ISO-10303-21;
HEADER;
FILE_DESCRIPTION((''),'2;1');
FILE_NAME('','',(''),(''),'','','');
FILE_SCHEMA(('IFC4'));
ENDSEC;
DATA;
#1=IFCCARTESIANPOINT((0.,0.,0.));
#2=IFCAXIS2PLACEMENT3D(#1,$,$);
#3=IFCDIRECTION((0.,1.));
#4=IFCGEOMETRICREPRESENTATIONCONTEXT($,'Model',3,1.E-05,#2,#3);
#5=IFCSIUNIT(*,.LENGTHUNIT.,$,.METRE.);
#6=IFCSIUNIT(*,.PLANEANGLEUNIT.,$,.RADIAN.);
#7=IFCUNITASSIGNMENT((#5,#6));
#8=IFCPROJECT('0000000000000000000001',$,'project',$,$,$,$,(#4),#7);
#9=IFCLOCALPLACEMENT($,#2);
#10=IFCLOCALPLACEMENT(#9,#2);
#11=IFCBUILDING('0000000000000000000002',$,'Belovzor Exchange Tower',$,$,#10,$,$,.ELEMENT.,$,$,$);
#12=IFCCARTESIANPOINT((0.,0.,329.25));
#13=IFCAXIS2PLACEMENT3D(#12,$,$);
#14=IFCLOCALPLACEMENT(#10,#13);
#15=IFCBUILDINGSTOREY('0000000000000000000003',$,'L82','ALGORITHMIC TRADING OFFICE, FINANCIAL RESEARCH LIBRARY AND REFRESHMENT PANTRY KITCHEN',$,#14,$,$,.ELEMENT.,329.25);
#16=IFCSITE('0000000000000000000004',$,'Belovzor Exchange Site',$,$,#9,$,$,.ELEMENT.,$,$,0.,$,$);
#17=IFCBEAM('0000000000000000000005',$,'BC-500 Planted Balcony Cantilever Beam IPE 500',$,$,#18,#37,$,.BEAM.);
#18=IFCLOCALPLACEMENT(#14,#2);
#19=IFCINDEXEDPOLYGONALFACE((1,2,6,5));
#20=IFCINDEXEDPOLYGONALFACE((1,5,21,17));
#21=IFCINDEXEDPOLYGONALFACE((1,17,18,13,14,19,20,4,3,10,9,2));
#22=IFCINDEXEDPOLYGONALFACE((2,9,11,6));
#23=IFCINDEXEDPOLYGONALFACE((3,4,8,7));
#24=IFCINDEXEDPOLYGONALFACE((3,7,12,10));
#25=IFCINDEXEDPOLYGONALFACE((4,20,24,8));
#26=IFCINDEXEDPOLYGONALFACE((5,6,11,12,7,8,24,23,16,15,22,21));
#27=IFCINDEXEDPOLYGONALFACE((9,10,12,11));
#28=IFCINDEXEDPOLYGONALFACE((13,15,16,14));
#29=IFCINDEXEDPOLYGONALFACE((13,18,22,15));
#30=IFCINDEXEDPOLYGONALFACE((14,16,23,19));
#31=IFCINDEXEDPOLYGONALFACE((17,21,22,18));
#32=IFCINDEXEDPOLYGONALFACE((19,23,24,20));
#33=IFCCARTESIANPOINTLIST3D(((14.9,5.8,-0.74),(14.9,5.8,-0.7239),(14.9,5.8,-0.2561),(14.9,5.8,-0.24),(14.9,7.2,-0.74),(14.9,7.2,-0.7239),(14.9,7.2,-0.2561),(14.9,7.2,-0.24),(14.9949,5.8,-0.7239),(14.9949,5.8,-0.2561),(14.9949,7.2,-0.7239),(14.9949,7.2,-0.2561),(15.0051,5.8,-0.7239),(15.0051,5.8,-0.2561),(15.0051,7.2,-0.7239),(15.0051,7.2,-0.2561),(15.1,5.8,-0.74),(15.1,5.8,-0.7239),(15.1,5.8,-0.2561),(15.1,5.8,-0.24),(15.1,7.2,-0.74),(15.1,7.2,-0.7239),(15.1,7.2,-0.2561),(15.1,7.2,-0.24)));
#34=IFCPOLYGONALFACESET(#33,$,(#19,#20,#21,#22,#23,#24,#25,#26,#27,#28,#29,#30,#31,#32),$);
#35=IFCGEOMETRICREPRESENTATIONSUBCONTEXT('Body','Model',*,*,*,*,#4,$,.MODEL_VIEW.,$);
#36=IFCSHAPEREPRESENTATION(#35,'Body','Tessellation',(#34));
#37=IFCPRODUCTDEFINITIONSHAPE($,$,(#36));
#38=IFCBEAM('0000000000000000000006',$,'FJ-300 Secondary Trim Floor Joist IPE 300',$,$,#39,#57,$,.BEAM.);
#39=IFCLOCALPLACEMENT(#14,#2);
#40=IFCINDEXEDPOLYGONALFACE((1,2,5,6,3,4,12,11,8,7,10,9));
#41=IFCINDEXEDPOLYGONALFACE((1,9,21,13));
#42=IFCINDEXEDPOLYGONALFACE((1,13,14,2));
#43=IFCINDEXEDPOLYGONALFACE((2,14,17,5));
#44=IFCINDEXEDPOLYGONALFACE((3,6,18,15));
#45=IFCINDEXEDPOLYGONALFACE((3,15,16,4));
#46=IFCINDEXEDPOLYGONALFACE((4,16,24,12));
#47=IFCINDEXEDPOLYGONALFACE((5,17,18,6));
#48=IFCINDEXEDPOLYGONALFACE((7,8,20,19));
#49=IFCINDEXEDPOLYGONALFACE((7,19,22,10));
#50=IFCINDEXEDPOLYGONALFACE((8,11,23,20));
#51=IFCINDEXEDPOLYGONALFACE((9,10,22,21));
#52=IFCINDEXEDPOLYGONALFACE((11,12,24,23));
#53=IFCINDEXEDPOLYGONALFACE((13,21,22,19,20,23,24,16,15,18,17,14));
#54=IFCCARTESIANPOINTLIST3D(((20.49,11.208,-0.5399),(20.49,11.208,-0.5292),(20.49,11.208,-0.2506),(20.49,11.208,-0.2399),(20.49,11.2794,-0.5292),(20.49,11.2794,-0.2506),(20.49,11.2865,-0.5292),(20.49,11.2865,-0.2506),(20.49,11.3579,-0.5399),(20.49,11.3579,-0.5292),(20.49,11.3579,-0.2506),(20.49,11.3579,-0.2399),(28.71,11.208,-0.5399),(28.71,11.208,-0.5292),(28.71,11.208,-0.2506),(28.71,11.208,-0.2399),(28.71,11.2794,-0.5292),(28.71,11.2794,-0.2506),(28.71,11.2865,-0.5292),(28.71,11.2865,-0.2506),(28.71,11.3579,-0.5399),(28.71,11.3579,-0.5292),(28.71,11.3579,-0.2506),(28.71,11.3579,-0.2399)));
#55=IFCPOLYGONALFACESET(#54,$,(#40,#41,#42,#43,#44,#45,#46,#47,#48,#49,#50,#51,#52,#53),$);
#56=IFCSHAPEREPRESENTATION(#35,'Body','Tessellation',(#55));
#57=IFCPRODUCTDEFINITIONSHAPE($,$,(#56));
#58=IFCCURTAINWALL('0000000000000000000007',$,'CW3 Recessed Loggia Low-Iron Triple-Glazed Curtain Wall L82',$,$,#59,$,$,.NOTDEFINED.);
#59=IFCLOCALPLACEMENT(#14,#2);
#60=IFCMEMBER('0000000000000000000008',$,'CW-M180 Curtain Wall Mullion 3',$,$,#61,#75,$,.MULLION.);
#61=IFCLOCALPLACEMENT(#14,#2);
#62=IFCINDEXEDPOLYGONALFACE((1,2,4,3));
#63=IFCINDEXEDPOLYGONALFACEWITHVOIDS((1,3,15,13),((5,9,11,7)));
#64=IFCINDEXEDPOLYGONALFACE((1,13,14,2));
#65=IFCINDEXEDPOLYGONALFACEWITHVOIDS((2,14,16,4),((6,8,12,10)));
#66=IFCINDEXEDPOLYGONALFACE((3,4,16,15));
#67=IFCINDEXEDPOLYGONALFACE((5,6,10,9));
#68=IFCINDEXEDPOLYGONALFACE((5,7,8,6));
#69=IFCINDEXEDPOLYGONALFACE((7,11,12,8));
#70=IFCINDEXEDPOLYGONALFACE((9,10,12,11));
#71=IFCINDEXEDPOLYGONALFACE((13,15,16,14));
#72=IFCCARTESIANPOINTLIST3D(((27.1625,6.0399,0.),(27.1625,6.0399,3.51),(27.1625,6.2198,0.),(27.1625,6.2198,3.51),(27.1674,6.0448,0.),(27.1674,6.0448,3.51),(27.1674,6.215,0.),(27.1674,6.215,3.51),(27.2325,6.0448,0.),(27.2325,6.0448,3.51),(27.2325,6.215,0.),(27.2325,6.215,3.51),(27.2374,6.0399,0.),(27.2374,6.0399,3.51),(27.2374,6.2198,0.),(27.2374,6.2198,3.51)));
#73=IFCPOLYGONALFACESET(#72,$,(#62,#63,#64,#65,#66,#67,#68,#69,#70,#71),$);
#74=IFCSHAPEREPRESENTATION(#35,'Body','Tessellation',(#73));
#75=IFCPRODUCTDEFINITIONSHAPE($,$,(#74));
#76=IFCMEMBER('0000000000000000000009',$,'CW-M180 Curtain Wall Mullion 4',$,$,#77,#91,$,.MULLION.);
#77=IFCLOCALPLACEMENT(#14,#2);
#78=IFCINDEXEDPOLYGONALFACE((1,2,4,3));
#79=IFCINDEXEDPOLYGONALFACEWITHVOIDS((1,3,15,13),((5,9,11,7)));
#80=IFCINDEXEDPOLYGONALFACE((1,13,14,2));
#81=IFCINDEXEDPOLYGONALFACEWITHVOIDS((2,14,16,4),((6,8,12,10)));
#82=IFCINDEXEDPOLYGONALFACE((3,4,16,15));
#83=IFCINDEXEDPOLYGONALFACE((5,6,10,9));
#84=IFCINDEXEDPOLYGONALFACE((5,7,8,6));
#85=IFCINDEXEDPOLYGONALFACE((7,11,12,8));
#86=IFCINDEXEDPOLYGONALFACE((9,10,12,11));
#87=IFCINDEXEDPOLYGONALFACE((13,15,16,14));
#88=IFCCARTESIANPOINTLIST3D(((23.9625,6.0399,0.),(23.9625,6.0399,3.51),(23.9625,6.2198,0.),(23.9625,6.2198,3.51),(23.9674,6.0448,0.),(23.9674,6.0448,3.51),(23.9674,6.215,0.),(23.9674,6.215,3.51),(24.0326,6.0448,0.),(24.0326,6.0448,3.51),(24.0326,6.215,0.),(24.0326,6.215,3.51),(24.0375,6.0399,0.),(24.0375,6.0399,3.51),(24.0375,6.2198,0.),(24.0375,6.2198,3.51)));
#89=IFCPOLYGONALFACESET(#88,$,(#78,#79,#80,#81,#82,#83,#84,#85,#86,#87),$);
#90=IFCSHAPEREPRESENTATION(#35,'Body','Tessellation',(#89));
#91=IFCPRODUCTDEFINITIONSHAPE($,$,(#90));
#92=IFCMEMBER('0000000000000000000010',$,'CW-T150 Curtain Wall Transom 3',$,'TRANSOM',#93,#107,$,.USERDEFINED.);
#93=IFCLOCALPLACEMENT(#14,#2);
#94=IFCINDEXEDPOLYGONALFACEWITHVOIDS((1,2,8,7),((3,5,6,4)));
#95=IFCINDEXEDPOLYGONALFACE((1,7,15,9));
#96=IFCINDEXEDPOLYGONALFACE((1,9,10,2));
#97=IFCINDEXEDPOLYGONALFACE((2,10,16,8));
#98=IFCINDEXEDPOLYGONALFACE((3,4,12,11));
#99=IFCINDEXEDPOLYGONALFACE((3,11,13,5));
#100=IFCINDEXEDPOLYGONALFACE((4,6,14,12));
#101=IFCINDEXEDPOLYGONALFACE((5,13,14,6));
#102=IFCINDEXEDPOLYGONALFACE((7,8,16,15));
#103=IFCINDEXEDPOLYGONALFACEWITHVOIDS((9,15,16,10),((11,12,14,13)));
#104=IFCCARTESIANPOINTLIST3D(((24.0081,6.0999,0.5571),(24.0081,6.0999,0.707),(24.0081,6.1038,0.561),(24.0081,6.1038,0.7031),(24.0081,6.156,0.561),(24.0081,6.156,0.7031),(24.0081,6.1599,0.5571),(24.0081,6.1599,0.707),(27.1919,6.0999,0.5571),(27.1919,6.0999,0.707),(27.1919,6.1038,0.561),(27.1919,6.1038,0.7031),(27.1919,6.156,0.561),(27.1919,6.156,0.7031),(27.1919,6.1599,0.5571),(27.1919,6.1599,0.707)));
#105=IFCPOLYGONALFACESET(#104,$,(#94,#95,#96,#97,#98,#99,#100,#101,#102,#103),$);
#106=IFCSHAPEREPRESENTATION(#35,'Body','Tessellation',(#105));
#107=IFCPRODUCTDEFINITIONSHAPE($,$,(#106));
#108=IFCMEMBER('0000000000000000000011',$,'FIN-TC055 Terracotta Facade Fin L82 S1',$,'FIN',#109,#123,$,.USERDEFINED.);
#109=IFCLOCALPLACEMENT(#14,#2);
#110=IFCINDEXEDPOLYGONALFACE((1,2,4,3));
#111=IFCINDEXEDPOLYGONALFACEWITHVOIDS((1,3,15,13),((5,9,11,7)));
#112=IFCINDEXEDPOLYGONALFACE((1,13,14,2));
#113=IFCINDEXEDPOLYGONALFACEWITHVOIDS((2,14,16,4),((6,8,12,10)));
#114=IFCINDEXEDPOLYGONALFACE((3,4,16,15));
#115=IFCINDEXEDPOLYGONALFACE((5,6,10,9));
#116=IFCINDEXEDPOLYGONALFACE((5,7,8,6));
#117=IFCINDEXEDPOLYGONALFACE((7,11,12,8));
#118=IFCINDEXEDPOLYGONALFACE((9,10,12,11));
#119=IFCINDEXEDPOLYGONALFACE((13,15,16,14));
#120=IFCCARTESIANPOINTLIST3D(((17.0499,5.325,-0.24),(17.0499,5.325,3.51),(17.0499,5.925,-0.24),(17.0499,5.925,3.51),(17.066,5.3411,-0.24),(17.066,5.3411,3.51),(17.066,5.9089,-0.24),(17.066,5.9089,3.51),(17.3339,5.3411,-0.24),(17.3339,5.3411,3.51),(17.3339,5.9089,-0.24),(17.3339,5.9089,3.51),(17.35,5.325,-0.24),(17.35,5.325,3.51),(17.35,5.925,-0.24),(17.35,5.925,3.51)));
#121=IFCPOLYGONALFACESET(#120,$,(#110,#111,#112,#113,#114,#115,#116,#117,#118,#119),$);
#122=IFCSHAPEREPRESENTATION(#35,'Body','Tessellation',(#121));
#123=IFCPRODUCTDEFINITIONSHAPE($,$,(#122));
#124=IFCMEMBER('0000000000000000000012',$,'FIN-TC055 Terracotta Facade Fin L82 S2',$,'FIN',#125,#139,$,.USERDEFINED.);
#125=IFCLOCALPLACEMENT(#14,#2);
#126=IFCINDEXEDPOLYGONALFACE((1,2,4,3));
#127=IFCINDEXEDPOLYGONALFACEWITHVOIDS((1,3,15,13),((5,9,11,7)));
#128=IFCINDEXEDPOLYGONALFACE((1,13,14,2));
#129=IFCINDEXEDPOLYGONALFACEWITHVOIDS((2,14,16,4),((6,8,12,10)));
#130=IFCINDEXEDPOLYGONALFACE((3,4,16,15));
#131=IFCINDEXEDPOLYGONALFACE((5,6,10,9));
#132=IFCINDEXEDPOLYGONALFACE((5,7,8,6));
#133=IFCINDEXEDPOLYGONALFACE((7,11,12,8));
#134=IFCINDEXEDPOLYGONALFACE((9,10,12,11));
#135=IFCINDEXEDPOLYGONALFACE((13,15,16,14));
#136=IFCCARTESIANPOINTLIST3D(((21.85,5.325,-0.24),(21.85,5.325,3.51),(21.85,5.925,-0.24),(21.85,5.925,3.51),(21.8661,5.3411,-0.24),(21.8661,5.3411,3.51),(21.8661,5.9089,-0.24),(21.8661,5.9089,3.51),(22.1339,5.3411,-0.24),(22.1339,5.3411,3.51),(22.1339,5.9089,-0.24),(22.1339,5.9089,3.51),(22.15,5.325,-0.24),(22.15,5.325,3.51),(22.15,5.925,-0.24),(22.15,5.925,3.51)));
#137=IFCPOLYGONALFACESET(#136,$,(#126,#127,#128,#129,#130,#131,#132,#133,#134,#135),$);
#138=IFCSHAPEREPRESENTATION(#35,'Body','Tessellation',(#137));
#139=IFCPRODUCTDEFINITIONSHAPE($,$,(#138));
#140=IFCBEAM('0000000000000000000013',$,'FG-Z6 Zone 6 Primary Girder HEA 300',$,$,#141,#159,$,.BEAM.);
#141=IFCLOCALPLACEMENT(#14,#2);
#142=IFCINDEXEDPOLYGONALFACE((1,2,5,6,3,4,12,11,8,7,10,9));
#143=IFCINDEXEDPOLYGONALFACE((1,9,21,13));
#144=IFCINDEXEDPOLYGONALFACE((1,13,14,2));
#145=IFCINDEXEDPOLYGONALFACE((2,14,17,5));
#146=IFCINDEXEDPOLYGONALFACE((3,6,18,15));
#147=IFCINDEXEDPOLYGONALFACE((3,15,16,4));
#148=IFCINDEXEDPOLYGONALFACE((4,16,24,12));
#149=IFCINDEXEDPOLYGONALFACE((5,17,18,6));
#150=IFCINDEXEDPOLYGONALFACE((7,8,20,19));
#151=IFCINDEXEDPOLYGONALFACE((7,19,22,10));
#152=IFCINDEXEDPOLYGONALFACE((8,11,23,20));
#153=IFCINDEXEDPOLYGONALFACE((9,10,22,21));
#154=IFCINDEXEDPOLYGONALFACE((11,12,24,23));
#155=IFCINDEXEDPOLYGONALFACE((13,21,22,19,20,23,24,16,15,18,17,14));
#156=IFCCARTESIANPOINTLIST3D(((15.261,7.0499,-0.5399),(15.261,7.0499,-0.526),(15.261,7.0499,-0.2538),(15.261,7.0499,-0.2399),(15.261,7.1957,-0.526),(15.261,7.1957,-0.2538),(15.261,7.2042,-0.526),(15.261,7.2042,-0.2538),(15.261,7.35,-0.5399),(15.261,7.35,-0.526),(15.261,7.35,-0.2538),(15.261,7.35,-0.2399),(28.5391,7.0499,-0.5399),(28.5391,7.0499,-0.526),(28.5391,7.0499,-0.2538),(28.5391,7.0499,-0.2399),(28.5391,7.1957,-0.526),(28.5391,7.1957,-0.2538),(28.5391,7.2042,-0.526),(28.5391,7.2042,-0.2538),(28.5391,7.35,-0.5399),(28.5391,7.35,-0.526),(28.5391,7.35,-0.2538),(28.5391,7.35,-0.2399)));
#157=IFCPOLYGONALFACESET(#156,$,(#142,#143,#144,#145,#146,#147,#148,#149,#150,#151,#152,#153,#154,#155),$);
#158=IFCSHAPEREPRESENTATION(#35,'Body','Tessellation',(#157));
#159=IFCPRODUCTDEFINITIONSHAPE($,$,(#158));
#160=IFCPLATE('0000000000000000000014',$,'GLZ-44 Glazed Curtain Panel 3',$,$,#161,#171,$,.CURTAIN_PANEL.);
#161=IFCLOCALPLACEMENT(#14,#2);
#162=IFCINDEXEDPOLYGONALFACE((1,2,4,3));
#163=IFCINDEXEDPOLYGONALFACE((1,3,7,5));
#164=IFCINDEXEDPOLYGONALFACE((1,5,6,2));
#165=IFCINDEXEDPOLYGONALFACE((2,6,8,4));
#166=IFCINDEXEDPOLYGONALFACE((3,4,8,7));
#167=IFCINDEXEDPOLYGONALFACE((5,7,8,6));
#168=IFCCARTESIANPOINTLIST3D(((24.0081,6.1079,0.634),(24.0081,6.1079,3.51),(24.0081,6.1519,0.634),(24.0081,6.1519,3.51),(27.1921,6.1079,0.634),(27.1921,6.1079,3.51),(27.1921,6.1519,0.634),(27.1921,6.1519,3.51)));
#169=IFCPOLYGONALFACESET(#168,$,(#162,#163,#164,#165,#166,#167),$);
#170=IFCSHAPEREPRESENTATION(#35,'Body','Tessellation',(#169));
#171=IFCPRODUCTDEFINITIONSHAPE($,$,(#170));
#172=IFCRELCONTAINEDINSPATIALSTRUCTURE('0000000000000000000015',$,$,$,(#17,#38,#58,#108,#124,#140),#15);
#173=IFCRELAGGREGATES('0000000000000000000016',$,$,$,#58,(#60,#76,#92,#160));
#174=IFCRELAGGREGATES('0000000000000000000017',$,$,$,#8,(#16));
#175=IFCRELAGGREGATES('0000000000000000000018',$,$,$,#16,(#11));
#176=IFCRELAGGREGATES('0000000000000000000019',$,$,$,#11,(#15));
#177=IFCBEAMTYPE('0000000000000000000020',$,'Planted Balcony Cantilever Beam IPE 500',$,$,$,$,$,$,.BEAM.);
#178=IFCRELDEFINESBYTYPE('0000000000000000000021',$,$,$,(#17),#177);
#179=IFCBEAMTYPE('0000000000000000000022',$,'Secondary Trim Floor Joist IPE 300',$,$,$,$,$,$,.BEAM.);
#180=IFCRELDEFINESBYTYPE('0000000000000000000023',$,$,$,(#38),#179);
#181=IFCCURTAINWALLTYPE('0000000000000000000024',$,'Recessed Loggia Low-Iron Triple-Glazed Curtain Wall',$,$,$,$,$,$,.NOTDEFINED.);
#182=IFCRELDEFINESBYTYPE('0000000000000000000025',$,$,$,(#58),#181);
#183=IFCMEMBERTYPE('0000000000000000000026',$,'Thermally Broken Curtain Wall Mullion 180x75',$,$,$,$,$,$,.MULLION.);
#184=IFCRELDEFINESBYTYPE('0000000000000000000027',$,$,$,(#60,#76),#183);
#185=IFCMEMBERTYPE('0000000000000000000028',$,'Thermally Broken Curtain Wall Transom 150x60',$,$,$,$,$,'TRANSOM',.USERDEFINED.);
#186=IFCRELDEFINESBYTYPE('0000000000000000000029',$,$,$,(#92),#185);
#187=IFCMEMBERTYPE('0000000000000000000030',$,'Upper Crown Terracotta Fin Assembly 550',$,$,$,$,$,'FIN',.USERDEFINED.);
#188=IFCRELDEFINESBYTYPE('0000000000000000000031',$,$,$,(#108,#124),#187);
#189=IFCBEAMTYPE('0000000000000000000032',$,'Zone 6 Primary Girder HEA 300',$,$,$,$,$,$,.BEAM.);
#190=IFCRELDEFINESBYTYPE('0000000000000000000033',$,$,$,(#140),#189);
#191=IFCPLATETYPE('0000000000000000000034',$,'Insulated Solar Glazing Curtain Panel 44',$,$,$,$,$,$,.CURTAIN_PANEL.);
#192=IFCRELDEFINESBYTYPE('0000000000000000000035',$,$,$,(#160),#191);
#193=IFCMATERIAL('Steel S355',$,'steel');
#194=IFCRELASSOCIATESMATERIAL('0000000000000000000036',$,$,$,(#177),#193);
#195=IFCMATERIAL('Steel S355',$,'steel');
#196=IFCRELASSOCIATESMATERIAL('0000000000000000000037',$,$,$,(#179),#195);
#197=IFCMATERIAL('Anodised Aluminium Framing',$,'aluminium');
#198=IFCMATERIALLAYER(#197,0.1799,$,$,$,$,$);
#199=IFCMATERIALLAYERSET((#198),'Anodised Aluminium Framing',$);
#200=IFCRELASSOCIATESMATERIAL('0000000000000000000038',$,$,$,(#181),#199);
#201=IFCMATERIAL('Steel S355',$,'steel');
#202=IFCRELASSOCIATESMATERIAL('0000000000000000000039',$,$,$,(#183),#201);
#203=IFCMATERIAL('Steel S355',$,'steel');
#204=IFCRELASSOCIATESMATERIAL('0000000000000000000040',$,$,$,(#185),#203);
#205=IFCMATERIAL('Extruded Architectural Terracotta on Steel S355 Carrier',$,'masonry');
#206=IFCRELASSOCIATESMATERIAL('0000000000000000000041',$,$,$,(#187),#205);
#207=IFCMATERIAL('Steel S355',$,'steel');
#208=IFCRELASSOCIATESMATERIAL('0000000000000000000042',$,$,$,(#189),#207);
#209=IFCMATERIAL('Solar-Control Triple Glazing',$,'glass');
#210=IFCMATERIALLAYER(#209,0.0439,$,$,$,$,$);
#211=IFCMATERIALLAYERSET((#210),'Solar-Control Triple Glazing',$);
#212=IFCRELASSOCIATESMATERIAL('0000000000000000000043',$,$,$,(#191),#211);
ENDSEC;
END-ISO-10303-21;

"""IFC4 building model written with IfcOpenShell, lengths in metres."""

from ifc_helpers import new_model, si_unit, direction, frame, origin, origin_2d, place, context, subcontext, project, spatial, rectangle, hollow_rectangle, i_section, extrude, material, layer, layer_set, material_profile, profile_set, type_object, element, aggregate, save


model = new_model("IFC4")

# Units and contexts
model_context = context("Model", 3, precision=1e-05, world=origin(), true_north=direction((0.0, 1.0)))
body_context = subcontext(model_context, "Body", "Model", "MODEL_VIEW")
ifc_project = project(units=[si_unit("LENGTHUNIT", "METRE"), si_unit("PLANEANGLEUNIT", "RADIAN")], contexts=[model_context])

# Site, building, storey
site_placement = place(None, origin())
site = spatial("IfcSite", under=ifc_project, at=site_placement, Name="Belovzor Exchange Site", CompositionType="ELEMENT", RefElevation=0.0)
building_placement = place(site_placement, origin())
building = spatial("IfcBuilding", under=site, at=building_placement, Name="Belovzor Exchange Tower", CompositionType="ELEMENT")
storey_placement = place(building_placement, frame((0.0, 0.0, 329.25)))
storey = spatial("IfcBuildingStorey", under=building, at=storey_placement, Name="L82", Description="ALGORITHMIC TRADING OFFICE, FINANCIAL RESEARCH LIBRARY AND REFRESHMENT PANTRY KITCHEN", CompositionType="ELEMENT", Elevation=329.25)

# Beams
ifc_material_1 = material(Name="Steel S355", Category="steel")
ifc_material_profile_1 = material_profile(ifc_material_1, i_section(OverallWidth=0.2, OverallDepth=0.5, WebThickness=0.0103, FlangeThickness=0.0161, at=origin_2d()))
ifc_profile_set_1 = profile_set([ifc_material_profile_1], Name="Steel S355")
beam_type_1 = type_object("IfcBeamType", Name="Planted Balcony Cantilever Beam IPE 500", PredefinedType="BEAM", material=ifc_profile_set_1)
beam_1_placement = place(storey_placement, frame((15.0, 7.2, -0.49), z_axis=(0.0, -1.0, 0.0), x_axis=(1.0, 0.0, 0.0)))
element("IfcBeam", 1, at=beam_1_placement, inside=storey, type_object=beam_type_1, Name="BC-500 Planted Balcony Cantilever Beam IPE 500", PredefinedType="BEAM", context=body_context, shape_type="SweptSolid", body=[
    extrude(i_section(OverallWidth=0.2, OverallDepth=0.5, WebThickness=0.0103, FlangeThickness=0.0161, at=origin_2d()), origin(), (0.0, 0.0, 1.0), 1.3999),
])
ifc_material_2 = material(Name="Steel S355", Category="steel")
ifc_material_profile_2 = material_profile(ifc_material_2, i_section(OverallWidth=0.1499, OverallDepth=0.3, WebThickness=0.0071, FlangeThickness=0.0107, at=origin_2d()))
ifc_profile_set_2 = profile_set([ifc_material_profile_2], Name="Steel S355")
beam_type_2 = type_object("IfcBeamType", Name="Secondary Trim Floor Joist IPE 300", PredefinedType="BEAM", material=ifc_profile_set_2)
beam_2_placement = place(storey_placement, frame((20.49, 11.283, -0.3899), z_axis=(1.0, 0.0, 0.0), x_axis=(0.0, 1.0, 0.0)))
element("IfcBeam", 2, at=beam_2_placement, inside=storey, type_object=beam_type_2, Name="FJ-300 Secondary Trim Floor Joist IPE 300", PredefinedType="BEAM", context=body_context, shape_type="SweptSolid", body=[
    extrude(i_section(OverallWidth=0.1499, OverallDepth=0.3, WebThickness=0.0071, FlangeThickness=0.0107, at=origin_2d()), origin(), (0.0, 0.0, 1.0), 8.22),
])

# Curtain wall, members
ifc_material_3 = material(Name="Anodised Aluminium Framing", Category="aluminium")
ifc_layer_1 = layer(ifc_material_3, 0.1799)
ifc_layer_set_1 = layer_set([ifc_layer_1], Name="Anodised Aluminium Framing")
curtain_wall_type = type_object("IfcCurtainWallType", Name="Recessed Loggia Low-Iron Triple-Glazed Curtain Wall", PredefinedType="NOTDEFINED", material=ifc_layer_set_1)
curtain_wall_placement = place(storey_placement, origin())
curtain_wall = element("IfcCurtainWall", 3, at=curtain_wall_placement, inside=storey, type_object=curtain_wall_type, Name="CW3 Recessed Loggia Low-Iron Triple-Glazed Curtain Wall L82", PredefinedType="NOTDEFINED")
ifc_material_4 = material(Name="Steel S355", Category="steel")
ifc_material_profile_3 = material_profile(ifc_material_4, hollow_rectangle(XDim=0.075, YDim=0.1799, WallThickness=0.0049, at=origin_2d()))
ifc_profile_set_3 = profile_set([ifc_material_profile_3], Name="Steel S355")
member_type_1 = type_object("IfcMemberType", Name="Thermally Broken Curtain Wall Mullion 180x75", PredefinedType="MULLION", material=ifc_profile_set_3)
member_1_placement = place(storey_placement, frame((27.2, 6.1299, 0.0), z_axis=(0.0, 0.0, 1.0), x_axis=(-1.0, 0.0, 0.0)))
member_1 = element("IfcMember", 4, at=member_1_placement, type_object=member_type_1, Name="CW-M180 Curtain Wall Mullion 3", PredefinedType="MULLION", context=body_context, shape_type="SweptSolid", body=[
    extrude(hollow_rectangle(XDim=0.075, YDim=0.1799, WallThickness=0.0049, at=origin_2d()), origin(), (0.0, 0.0, 1.0), 3.51),
])
member_2_placement = place(storey_placement, frame((24.0, 6.1299, 0.0), z_axis=(0.0, 0.0, 1.0), x_axis=(-1.0, 0.0, 0.0)))
member_2 = element("IfcMember", 5, at=member_2_placement, type_object=member_type_1, Name="CW-M180 Curtain Wall Mullion 4", PredefinedType="MULLION", context=body_context, shape_type="SweptSolid", body=[
    extrude(hollow_rectangle(XDim=0.075, YDim=0.1799, WallThickness=0.0049, at=origin_2d()), origin(), (0.0, 0.0, 1.0), 3.51),
])
ifc_material_5 = material(Name="Steel S355", Category="steel")
ifc_material_profile_4 = material_profile(ifc_material_5, hollow_rectangle(XDim=0.0601, YDim=0.1499, WallThickness=0.0039, at=origin_2d()))
ifc_profile_set_4 = profile_set([ifc_material_profile_4], Name="Steel S355")
member_type_2 = type_object("IfcMemberType", Name="Thermally Broken Curtain Wall Transom 150x60", ElementType="TRANSOM", PredefinedType="USERDEFINED", material=ifc_profile_set_4)
member_3_placement = place(storey_placement, frame((27.1919, 6.1299, 0.6321), z_axis=(-1.0, 0.0, 0.0), x_axis=(0.0, -1.0, 0.0)))
member_3 = element("IfcMember", 6, at=member_3_placement, type_object=member_type_2, Name="CW-T150 Curtain Wall Transom 3", ObjectType="TRANSOM", PredefinedType="USERDEFINED", context=body_context, shape_type="SweptSolid", body=[
    extrude(hollow_rectangle(XDim=0.0601, YDim=0.1499, WallThickness=0.0039, at=origin_2d()), origin(), (0.0, 0.0, 1.0), 3.1838),
])

# Members
ifc_material_6 = material(Name="Extruded Architectural Terracotta on Steel S355 Carrier", Category="masonry")
ifc_material_profile_5 = material_profile(ifc_material_6, hollow_rectangle(XDim=0.3, YDim=0.6001, WallThickness=0.0161, at=origin_2d()))
ifc_profile_set_5 = profile_set([ifc_material_profile_5], Name="Extruded Architectural Terracotta on Steel S355 Carrier")
member_type_3 = type_object("IfcMemberType", Name="Upper Crown Terracotta Fin Assembly 550", ElementType="FIN", PredefinedType="USERDEFINED", material=ifc_profile_set_5)
for number, where, z_axis, x_axis, name in (
    (7, (17.2, 5.625, -0.24), (0.0, 0.0, 1.0), (1.0, 0.0, 0.0), "FIN-TC055 Terracotta Facade Fin L82 S1"),
    (8, (22.0, 5.625, -0.24), (0.0, 0.0, 1.0), (1.0, 0.0, 0.0), "FIN-TC055 Terracotta Facade Fin L82 S2"),
):
    element("IfcMember", number, at=place(storey_placement, frame(where, z_axis=z_axis, x_axis=x_axis)), inside=storey, type_object=member_type_3, Name=name, ObjectType="FIN", PredefinedType="USERDEFINED", context=body_context, shape_type="SweptSolid", body=[
        extrude(hollow_rectangle(XDim=0.3, YDim=0.6001, WallThickness=0.0161, at=origin_2d()), origin(), (0.0, 0.0, 1.0), 3.75),
    ])

# Beam
ifc_material_7 = material(Name="Steel S355", Category="steel")
ifc_material_profile_6 = material_profile(ifc_material_7, i_section(OverallWidth=0.3, OverallDepth=0.3, WebThickness=0.0085, FlangeThickness=0.0139, at=origin_2d()))
ifc_profile_set_6 = profile_set([ifc_material_profile_6], Name="Steel S355")
beam_type_3 = type_object("IfcBeamType", Name="Zone 6 Primary Girder HEA 300", PredefinedType="BEAM", material=ifc_profile_set_6)
beam_3_placement = place(storey_placement, frame((15.261, 7.2, -0.3899), z_axis=(1.0, 0.0, 0.0), x_axis=(0.0, 1.0, 0.0)))
element("IfcBeam", 9, at=beam_3_placement, inside=storey, type_object=beam_type_3, Name="FG-Z6 Zone 6 Primary Girder HEA 300", PredefinedType="BEAM", context=body_context, shape_type="SweptSolid", body=[
    extrude(i_section(OverallWidth=0.3, OverallDepth=0.3, WebThickness=0.0085, FlangeThickness=0.0139, at=origin_2d()), origin(), (0.0, 0.0, 1.0), 13.2781),
])

# Plate
ifc_material_8 = material(Name="Solar-Control Triple Glazing", Category="glass")
ifc_layer_2 = layer(ifc_material_8, 0.0439)
ifc_layer_set_2 = layer_set([ifc_layer_2], Name="Solar-Control Triple Glazing")
plate_type_1 = type_object("IfcPlateType", Name="Insulated Solar Glazing Curtain Panel 44", PredefinedType="CURTAIN_PANEL", material=ifc_layer_set_2)
plate_1_placement = place(storey_placement, frame((25.6001, 6.1299, 0.634), z_axis=(0.0, 0.0, 1.0), x_axis=(-1.0, 0.0, 0.0)))
plate_1 = element("IfcPlate", 10, at=plate_1_placement, type_object=plate_type_1, Name="GLZ-44 Glazed Curtain Panel 3", PredefinedType="CURTAIN_PANEL", context=body_context, shape_type="SweptSolid", body=[
    extrude(rectangle(XDim=3.1841, YDim=0.0439, at=origin_2d()), origin(), (0.0, 0.0, 1.0), 2.876),
])
aggregate(curtain_wall, [member_1, member_2, member_3, plate_1])

save(model, "model.ifc")
